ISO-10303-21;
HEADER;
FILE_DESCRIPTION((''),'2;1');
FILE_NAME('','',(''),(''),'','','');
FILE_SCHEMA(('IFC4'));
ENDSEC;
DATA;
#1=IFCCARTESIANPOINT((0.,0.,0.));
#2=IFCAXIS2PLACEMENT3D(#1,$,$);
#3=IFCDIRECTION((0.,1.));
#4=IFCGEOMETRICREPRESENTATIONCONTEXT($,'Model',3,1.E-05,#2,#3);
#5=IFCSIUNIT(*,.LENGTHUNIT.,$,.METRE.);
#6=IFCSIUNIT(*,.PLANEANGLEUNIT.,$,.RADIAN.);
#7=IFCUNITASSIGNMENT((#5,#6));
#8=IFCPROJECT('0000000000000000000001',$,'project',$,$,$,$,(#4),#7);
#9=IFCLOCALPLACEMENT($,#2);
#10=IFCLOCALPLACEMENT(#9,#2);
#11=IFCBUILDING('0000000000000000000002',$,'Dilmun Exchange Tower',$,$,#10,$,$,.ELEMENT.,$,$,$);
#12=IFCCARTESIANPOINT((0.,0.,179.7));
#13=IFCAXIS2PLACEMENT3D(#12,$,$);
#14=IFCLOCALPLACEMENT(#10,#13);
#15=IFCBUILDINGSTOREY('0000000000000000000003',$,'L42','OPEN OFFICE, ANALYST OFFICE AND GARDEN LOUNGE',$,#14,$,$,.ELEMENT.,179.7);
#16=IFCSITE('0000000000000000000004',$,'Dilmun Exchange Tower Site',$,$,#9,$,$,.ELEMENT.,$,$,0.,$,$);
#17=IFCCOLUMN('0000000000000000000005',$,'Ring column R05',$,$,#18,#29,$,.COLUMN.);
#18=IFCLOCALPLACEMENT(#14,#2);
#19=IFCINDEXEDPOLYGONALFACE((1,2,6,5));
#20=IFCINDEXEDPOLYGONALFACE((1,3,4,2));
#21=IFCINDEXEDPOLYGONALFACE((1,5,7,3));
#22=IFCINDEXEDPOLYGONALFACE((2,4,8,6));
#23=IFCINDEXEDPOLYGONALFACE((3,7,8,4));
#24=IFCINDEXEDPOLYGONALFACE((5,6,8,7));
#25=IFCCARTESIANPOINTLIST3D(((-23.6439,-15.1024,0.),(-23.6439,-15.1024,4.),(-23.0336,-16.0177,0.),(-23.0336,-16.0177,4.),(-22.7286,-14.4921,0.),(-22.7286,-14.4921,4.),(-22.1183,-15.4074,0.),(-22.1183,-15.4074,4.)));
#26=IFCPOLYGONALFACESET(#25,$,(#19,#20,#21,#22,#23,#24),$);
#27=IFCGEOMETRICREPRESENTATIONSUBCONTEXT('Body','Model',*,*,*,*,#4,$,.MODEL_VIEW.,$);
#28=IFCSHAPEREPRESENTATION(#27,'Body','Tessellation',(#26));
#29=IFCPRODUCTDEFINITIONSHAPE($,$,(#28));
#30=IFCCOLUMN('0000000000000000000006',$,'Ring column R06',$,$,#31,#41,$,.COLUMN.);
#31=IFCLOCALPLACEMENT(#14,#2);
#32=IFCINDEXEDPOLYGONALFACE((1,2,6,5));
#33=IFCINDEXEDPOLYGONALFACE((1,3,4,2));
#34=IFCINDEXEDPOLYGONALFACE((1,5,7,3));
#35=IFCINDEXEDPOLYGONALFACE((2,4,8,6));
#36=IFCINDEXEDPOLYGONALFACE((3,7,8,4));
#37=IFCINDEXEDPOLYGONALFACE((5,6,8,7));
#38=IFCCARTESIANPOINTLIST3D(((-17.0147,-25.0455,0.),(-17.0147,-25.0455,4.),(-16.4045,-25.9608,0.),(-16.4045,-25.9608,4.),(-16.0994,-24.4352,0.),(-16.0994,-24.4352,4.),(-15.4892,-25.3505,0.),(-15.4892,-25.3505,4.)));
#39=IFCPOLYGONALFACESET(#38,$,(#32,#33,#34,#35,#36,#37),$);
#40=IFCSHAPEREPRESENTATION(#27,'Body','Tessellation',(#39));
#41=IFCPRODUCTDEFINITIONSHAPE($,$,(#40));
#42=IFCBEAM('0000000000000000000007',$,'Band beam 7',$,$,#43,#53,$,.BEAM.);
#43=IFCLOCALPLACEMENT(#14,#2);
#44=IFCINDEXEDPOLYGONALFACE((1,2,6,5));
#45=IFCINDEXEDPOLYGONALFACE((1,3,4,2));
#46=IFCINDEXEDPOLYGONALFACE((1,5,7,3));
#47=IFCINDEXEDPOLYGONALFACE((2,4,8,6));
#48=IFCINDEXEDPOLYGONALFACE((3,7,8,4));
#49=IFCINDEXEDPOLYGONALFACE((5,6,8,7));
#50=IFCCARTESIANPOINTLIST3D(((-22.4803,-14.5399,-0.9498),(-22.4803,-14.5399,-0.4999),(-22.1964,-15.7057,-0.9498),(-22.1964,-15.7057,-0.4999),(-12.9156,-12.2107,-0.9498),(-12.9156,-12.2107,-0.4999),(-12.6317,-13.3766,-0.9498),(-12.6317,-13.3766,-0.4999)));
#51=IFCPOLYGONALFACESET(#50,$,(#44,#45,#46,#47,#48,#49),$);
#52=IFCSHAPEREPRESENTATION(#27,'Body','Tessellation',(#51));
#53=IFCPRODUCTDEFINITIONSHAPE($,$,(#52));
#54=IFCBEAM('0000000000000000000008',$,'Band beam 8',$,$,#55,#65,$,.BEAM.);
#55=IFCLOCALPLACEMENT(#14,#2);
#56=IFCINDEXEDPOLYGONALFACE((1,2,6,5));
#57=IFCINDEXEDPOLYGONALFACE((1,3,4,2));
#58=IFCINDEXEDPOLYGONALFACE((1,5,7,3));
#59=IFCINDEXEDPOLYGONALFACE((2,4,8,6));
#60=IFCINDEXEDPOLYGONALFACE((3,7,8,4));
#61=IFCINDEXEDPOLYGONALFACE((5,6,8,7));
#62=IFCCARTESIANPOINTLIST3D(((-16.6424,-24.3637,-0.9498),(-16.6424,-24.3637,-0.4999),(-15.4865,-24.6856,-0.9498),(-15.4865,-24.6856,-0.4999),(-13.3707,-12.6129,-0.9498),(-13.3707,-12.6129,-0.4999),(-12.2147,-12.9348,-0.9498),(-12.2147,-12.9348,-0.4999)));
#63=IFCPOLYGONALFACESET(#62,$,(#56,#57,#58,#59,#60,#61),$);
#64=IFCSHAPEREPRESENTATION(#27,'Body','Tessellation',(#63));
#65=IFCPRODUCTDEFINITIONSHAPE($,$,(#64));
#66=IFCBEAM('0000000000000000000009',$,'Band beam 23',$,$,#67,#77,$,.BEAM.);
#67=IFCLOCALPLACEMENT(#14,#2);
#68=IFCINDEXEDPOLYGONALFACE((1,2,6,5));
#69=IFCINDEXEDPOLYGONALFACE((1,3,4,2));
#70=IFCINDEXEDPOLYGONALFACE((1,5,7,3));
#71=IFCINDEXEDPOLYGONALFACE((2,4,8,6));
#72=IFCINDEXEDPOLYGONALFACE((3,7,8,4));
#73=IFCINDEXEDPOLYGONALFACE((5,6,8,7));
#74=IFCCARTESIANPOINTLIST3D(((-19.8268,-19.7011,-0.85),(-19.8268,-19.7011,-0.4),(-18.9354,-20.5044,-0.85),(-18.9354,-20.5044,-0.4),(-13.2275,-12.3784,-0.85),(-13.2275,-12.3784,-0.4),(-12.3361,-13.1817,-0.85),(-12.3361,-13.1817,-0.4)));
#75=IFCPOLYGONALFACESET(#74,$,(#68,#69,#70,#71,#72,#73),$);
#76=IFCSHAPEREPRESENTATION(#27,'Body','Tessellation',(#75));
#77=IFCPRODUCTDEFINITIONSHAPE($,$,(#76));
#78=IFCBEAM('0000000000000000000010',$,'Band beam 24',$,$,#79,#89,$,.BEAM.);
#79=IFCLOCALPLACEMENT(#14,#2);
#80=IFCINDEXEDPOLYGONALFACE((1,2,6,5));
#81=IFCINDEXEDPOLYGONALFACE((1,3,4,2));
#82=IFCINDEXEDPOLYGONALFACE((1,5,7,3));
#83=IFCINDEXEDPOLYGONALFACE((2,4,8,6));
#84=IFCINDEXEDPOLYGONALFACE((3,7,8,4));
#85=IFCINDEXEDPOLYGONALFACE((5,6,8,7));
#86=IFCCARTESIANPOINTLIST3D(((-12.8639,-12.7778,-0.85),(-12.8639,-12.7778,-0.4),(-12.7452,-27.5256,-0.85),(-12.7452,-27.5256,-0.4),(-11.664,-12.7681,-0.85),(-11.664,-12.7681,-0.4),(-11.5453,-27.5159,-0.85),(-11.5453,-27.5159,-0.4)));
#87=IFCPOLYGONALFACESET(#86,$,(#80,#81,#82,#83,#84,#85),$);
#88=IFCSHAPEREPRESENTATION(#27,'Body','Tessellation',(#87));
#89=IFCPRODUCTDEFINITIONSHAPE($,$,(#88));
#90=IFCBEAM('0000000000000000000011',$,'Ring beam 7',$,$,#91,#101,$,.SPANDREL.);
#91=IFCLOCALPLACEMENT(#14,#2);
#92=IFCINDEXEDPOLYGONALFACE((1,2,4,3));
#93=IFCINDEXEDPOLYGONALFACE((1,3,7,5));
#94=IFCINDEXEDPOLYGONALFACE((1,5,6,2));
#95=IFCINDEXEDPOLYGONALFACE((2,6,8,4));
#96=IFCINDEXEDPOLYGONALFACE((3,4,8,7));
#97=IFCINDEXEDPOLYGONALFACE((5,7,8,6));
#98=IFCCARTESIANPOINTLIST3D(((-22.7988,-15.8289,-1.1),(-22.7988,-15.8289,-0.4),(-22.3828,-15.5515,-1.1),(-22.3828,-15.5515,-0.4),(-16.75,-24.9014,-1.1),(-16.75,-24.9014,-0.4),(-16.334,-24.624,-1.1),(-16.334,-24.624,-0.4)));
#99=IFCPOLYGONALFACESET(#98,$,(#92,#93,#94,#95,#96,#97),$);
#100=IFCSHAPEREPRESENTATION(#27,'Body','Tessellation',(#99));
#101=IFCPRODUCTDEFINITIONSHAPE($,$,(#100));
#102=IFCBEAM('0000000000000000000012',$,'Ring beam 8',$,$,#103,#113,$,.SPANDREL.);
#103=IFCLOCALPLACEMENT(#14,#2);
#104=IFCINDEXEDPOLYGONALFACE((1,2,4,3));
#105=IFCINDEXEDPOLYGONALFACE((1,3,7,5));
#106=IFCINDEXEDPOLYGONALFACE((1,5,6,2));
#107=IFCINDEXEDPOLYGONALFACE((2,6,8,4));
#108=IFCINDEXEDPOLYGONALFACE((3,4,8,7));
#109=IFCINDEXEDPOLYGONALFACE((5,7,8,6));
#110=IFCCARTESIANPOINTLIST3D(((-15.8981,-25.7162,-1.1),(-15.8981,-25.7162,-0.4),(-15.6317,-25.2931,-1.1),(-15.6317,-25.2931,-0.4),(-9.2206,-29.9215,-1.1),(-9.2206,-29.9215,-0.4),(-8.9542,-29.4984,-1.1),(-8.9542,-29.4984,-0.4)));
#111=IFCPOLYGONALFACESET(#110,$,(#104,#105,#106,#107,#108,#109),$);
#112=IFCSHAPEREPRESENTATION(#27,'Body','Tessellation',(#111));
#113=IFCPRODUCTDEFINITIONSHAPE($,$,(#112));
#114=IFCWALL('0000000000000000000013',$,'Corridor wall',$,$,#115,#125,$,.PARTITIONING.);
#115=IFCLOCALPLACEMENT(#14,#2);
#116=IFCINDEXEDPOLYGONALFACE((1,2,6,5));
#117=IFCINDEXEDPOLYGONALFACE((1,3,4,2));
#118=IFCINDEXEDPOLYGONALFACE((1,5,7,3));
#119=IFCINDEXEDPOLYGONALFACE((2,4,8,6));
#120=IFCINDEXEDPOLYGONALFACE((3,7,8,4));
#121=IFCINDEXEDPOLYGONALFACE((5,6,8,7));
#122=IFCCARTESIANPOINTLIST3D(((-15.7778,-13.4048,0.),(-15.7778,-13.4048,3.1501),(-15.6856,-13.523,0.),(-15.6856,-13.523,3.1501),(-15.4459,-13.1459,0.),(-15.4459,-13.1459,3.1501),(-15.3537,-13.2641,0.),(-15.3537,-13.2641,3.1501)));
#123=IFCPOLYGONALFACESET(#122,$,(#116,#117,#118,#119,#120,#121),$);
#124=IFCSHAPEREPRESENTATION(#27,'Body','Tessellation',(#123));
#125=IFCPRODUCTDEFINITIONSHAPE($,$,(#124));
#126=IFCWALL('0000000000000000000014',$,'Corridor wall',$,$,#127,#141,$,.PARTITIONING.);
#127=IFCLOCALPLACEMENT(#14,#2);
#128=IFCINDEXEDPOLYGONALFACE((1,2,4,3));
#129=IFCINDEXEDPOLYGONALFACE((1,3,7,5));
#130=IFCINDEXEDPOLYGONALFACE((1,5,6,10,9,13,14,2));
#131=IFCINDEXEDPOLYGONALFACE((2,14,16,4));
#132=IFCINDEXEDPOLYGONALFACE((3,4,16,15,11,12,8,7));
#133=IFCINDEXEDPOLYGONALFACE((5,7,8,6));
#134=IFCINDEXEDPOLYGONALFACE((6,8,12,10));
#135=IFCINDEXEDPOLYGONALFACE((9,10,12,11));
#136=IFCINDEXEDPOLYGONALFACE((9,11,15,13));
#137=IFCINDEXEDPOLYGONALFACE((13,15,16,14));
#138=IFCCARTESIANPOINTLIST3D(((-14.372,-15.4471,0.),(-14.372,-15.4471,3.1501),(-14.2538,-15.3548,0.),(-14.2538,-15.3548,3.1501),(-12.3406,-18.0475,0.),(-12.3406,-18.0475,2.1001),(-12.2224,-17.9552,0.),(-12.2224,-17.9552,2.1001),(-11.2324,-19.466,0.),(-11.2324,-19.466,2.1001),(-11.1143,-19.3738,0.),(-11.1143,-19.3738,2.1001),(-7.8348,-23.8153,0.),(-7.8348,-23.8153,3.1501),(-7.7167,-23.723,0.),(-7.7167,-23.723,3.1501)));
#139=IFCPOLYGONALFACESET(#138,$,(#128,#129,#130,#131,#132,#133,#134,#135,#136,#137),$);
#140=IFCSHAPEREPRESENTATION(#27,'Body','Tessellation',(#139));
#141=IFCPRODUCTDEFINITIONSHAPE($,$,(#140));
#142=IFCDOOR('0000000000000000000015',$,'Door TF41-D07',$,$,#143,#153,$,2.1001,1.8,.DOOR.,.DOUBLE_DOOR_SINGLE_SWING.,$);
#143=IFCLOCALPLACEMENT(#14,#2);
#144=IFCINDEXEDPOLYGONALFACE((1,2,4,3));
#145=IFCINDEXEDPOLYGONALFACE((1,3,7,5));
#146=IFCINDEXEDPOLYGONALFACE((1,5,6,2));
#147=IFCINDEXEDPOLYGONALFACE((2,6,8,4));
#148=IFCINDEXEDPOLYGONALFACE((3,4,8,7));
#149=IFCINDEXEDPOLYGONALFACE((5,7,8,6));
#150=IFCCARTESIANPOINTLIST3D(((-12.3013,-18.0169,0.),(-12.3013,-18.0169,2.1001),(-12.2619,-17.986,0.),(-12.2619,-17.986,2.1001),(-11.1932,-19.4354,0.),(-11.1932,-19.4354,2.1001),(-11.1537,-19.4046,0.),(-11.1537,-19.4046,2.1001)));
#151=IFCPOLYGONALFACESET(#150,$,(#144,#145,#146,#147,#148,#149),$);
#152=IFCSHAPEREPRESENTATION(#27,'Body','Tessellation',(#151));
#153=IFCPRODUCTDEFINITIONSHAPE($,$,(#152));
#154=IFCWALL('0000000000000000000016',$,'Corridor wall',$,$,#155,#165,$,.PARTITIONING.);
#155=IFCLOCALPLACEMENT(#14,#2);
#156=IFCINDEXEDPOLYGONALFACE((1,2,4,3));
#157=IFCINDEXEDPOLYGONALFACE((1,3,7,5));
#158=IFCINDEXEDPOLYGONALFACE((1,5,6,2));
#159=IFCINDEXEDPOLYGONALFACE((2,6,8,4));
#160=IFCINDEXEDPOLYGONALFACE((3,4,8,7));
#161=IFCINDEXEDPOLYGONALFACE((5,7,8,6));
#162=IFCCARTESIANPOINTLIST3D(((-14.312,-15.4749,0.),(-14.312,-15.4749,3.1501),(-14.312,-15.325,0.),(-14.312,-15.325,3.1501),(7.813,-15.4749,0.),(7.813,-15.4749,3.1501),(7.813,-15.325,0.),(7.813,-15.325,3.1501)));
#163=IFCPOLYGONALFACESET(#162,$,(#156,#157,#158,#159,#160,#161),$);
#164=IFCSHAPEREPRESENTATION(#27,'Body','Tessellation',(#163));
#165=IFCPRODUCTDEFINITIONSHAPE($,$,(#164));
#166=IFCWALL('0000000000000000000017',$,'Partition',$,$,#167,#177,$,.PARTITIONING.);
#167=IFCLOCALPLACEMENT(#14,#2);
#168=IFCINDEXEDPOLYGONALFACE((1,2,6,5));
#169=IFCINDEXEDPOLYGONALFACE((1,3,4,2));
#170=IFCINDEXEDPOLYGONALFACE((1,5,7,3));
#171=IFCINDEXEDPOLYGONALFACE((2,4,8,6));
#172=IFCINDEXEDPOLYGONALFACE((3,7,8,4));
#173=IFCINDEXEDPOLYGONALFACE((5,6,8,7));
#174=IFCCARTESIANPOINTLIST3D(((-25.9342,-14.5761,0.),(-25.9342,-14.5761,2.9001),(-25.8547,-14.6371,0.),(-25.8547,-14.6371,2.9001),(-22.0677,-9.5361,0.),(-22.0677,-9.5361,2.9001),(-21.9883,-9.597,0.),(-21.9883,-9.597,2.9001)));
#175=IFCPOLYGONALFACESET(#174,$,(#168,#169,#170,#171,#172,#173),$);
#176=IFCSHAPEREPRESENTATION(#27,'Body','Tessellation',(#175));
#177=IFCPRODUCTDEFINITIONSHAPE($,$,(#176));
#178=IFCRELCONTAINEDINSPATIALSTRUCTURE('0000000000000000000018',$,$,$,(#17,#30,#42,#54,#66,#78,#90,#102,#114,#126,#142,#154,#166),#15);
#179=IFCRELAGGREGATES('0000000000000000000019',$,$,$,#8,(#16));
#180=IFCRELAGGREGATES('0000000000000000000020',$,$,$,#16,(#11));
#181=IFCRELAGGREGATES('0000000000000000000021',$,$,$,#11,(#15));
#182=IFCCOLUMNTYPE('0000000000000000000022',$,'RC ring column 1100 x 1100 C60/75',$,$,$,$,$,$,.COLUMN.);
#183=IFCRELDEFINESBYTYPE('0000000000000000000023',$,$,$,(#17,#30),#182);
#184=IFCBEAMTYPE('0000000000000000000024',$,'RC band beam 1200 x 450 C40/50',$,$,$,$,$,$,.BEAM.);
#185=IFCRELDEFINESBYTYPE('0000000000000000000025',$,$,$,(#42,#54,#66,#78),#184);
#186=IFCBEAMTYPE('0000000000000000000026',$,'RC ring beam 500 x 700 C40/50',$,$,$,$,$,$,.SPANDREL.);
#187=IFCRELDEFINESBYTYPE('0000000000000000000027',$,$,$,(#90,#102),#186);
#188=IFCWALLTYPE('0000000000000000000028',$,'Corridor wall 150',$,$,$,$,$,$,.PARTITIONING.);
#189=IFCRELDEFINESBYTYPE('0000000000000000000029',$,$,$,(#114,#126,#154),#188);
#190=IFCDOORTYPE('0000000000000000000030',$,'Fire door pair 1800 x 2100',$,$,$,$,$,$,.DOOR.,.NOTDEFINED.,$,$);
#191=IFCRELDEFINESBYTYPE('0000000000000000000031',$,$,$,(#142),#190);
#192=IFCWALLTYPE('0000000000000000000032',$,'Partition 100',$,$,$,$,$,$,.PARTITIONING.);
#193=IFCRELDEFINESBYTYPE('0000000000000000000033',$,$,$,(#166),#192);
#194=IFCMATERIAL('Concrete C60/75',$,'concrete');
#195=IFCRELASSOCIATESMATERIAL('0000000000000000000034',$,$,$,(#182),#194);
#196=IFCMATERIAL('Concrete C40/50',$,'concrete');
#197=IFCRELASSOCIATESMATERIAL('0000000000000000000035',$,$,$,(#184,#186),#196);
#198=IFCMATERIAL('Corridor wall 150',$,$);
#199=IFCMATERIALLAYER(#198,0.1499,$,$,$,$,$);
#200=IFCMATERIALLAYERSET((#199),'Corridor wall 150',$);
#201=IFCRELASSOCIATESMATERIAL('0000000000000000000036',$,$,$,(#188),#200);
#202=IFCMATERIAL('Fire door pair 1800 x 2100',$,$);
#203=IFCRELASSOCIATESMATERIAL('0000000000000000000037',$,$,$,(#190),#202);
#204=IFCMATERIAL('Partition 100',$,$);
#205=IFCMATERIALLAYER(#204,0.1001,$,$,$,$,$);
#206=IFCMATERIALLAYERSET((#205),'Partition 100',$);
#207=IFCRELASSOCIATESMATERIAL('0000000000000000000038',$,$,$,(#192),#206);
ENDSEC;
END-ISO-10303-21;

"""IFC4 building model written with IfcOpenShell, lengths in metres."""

from ifc_helpers import new_model, si_unit, direction, frame, frame_2d, origin, origin_2d, place, context, subcontext, project, spatial, rectangle, extrude, material, layer, layer_set, material_profile, profile_set, type_object, element, fill, save


model = new_model("IFC4")

# Units and contexts
model_context = context("Model", 3, precision=1e-05, world=origin(), true_north=direction((0.0, 1.0)))
body_context = subcontext(model_context, "Body", "Model", "MODEL_VIEW")
ifc_project = project(units=[si_unit("LENGTHUNIT", "METRE"), si_unit("PLANEANGLEUNIT", "RADIAN")], contexts=[model_context])

# Site, building, storey
site_placement = place(None, origin())
site = spatial("IfcSite", under=ifc_project, at=site_placement, Name="Dilmun Exchange Tower Site", CompositionType="ELEMENT", RefElevation=0.0)
building_placement = place(site_placement, origin())
building = spatial("IfcBuilding", under=site, at=building_placement, Name="Dilmun Exchange Tower", CompositionType="ELEMENT")
storey_placement = place(building_placement, frame((0.0, 0.0, 179.7)))
storey = spatial("IfcBuildingStorey", under=building, at=storey_placement, Name="L42", Description="OPEN OFFICE, ANALYST OFFICE AND GARDEN LOUNGE", CompositionType="ELEMENT", Elevation=179.7)

# Columns
ifc_material_1 = material(Name="Concrete C60/75", Category="concrete")
ifc_material_profile_1 = material_profile(ifc_material_1, rectangle(XDim=1.1001, YDim=1.1001, at=origin_2d()), Name="1100 x 1100")
ifc_profile_set_1 = profile_set([ifc_material_profile_1], Name="Concrete C60/75")
column_type = type_object("IfcColumnType", Name="RC ring column 1100 x 1100 C60/75", PredefinedType="COLUMN", material=ifc_profile_set_1)
for number, where, z_axis, x_axis, name in (
    (1, (-22.8811, -15.2549, 0.0), (0.0, 0.0, 1.0), (0.832029, 0.554733, 0.0), "Ring column R05"),
    (2, (-16.252, -25.198, 0.0), (0.0, 0.0, 1.0), (0.832029, 0.554733, 0.0), "Ring column R06"),
):
    element("IfcColumn", number, at=place(storey_placement, frame(where, z_axis=z_axis, x_axis=x_axis)), inside=storey, type_object=column_type, Name=name, PredefinedType="COLUMN", context=body_context, shape_type="SweptSolid", body=[
        extrude(rectangle(XDim=1.1001, YDim=1.1001, at=origin_2d()), origin(), (0.0, 0.0, 1.0), 4.0),
    ])

# Beams
ifc_material_2 = material(Name="Concrete C40/50", Category="concrete")
ifc_material_profile_2 = material_profile(ifc_material_2, rectangle(XDim=1.2, YDim=0.45, at=origin_2d()), Name="1200 x 450")
ifc_profile_set_2 = profile_set([ifc_material_profile_2], Name="Concrete C40/50")
beam_type_1 = type_object("IfcBeamType", Name="RC band beam 1200 x 450 C40/50", PredefinedType="BEAM", material=ifc_profile_set_2)
beam_1_placement = place(storey_placement, frame((-22.3384, -15.1228, -0.7249), z_axis=(0.971608, 0.236596, 0.0), x_axis=(-0.236596, 0.971608, 0.0)))
element("IfcBeam", 3, at=beam_1_placement, inside=storey, type_object=beam_type_1, Name="Band beam 7", PredefinedType="BEAM", context=body_context, shape_type="SweptSolid", body=[
    extrude(rectangle(XDim=1.2, YDim=0.45, at=origin_2d()), origin(), (0.0, 0.0, 1.0), 9.8442),
])
beam_2_placement = place(storey_placement, frame((-16.0645, -24.5247, -0.7249), z_axis=(0.268225, 0.963356, 0.0), x_axis=(-0.963356, 0.268225, 0.0)))
element("IfcBeam", 4, at=beam_2_placement, inside=storey, type_object=beam_type_1, Name="Band beam 8", PredefinedType="BEAM", context=body_context, shape_type="SweptSolid", body=[
    extrude(rectangle(XDim=1.2, YDim=0.45, at=origin_2d()), origin(), (0.0, 0.0, 1.0), 12.1978),
])
beam_3_placement = place(storey_placement, frame((-19.3811, -20.1028, -0.625), z_axis=(0.669463, 0.742846, 0.0), x_axis=(-0.742846, 0.669463, 0.0)))
element("IfcBeam", 5, at=beam_3_placement, inside=storey, type_object=beam_type_1, Name="Band beam 23", PredefinedType="BEAM", context=body_context, shape_type="SweptSolid", body=[
    extrude(rectangle(XDim=1.2, YDim=0.45, at=origin_2d()), origin(), (0.0, 0.0, 1.0), 9.8577),
])
beam_4_placement = place(storey_placement, frame((-12.1453, -27.5208, -0.625), z_axis=(-0.008045, 0.999968, 0.0), x_axis=(-0.999968, -0.008045, 0.0)))
element("IfcBeam", 6, at=beam_4_placement, inside=storey, type_object=beam_type_1, Name="Band beam 24", PredefinedType="BEAM", context=body_context, shape_type="SweptSolid", body=[
    extrude(rectangle(XDim=1.2, YDim=0.45, at=origin_2d()), origin(), (0.0, 0.0, 1.0), 14.7483),
])
ifc_material_profile_3 = material_profile(ifc_material_2, rectangle(XDim=0.5, YDim=0.7, at=origin_2d()), Name="500 x 700")
ifc_profile_set_3 = profile_set([ifc_material_profile_3], Name="Concrete C40/50")
beam_type_2 = type_object("IfcBeamType", Name="RC ring beam 500 x 700 C40/50", PredefinedType="SPANDREL", material=ifc_profile_set_3)
beam_5_placement = place(storey_placement, frame((-22.5908, -15.6902, -0.75), z_axis=(0.554731, -0.83203, 0.0), x_axis=(0.83203, 0.554731, 0.0)))
element("IfcBeam", 7, at=beam_5_placement, inside=storey, type_object=beam_type_2, Name="Ring beam 7", PredefinedType="SPANDREL", context=body_context, shape_type="SweptSolid", body=[
    extrude(rectangle(XDim=0.5, YDim=0.7, at=origin_2d()), origin(), (0.0, 0.0, 1.0), 10.9041),
])
beam_6_placement = place(storey_placement, frame((-15.7649, -25.5046, -0.75), z_axis=(0.846177, -0.532902, 0.0), x_axis=(0.532902, 0.846177, 0.0)))
element("IfcBeam", 8, at=beam_6_placement, inside=storey, type_object=beam_type_2, Name="Ring beam 8", PredefinedType="SPANDREL", context=body_context, shape_type="SweptSolid", body=[
    extrude(rectangle(XDim=0.5, YDim=0.7, at=origin_2d()), origin(), (0.0, 0.0, 1.0), 7.8914),
])

# Wall
ifc_material_3 = material(Name="Corridor wall 150")
ifc_layer_1 = layer(ifc_material_3, 0.1499)
ifc_layer_set_1 = layer_set([ifc_layer_1], Name="Corridor wall 150")
wall_type_1 = type_object("IfcWallType", Name="Corridor wall 150", PredefinedType="PARTITIONING", material=ifc_layer_set_1)
wall_1_placement = place(storey_placement, frame((-15.7317, -13.4639, 0.0), z_axis=(0.0, 0.0, 1.0), x_axis=(0.788508, 0.615025, 0.0)))
element("IfcWall", 9, at=wall_1_placement, inside=storey, type_object=wall_type_1, Name="Corridor wall", PredefinedType="PARTITIONING", context=body_context, shape_type="SweptSolid", body=[
    extrude(rectangle(XDim=0.4209, YDim=0.1499, at=frame_2d((0.2104, 0.0))), origin(), (0.0, 0.0, 1.0), 3.1501),
])

# Wall, opening, door
wall_2_placement = place(storey_placement, frame((-14.313, -15.4009, 0.0), z_axis=(0.0, 0.0, 1.0), x_axis=(0.615614, -0.788048, 0.0)))
wall_2 = element("IfcWall", 10, at=wall_2_placement, inside=storey, type_object=wall_type_1, Name="Corridor wall", PredefinedType="PARTITIONING", context=body_context, shape_type="SweptSolid", body=[
    extrude(rectangle(XDim=10.6189, YDim=0.1499, at=frame_2d((5.3096, 0.0))), origin(), (0.0, 0.0, 1.0), 3.1501),
])
opening_placement = place(wall_2_placement, frame((3.3, 0.0, 0.0)))
opening = element("IfcOpeningElement", 11, at=opening_placement, cuts=wall_2, PredefinedType="OPENING", context=body_context, shape_type="SweptSolid", body=[
    extrude(rectangle(XDim=1.8, YDim=2.1001, at=frame_2d((0.8999, 1.05))), frame((0.0, 0.085, 0.0), z_axis=(0.0, -1.0, 0.0), x_axis=(1.0, 0.0, 0.0)), (0.0, 0.0, 1.0), 0.1699),
])
ifc_material_4 = material(Name="Fire door pair 1800 x 2100")
door_type = type_object("IfcDoorType", Name="Fire door pair 1800 x 2100", OperationType="NOTDEFINED", PredefinedType="DOOR", material=ifc_material_4)
door_placement = place(opening_placement, origin())
door = element("IfcDoor", 12, at=door_placement, inside=storey, type_object=door_type, Name="Door TF41-D07", OperationType="DOUBLE_DOOR_SINGLE_SWING", OverallHeight=2.1001, OverallWidth=1.8, PredefinedType="DOOR", context=body_context, shape_type="SweptSolid", body=[
    extrude(rectangle(XDim=1.8, YDim=2.1001, at=frame_2d((0.8999, 1.05))), frame((0.0, 0.0249, 0.0), z_axis=(0.0, -1.0, 0.0), x_axis=(1.0, 0.0, 0.0)), (0.0, 0.0, 1.0), 0.05),
])
fill(opening, door)

# Walls
wall_3_placement = place(storey_placement, frame((-14.312, -15.3999, 0.0), z_axis=(0.0, 0.0, 1.0), x_axis=(1.0, 0.0, 0.0)))
element("IfcWall", 13, at=wall_3_placement, inside=storey, type_object=wall_type_1, Name="Corridor wall", PredefinedType="PARTITIONING", context=body_context, shape_type="SweptSolid", body=[
    extrude(rectangle(XDim=22.125, YDim=0.1499, at=frame_2d((11.0625, 0.0))), origin(), (0.0, 0.0, 1.0), 3.1501),
])
ifc_material_5 = material(Name="Partition 100")
ifc_layer_2 = layer(ifc_material_5, 0.1001)
ifc_layer_set_2 = layer_set([ifc_layer_2], Name="Partition 100")
wall_type_2 = type_object("IfcWallType", Name="Partition 100", PredefinedType="PARTITIONING", material=ifc_layer_set_2)
wall_4_placement = place(storey_placement, frame((-25.8945, -14.6067, 0.0), z_axis=(0.0, 0.0, 1.0), x_axis=(0.608672, 0.793422, 0.0)))
element("IfcWall", 14, at=wall_4_placement, inside=storey, type_object=wall_type_2, Name="Partition", PredefinedType="PARTITIONING", context=body_context, shape_type="SweptSolid", body=[
    extrude(rectangle(XDim=6.3523, YDim=0.1001, at=frame_2d((3.1763, 0.0))), origin(), (0.0, 0.0, 1.0), 2.9001),
])

save(model, "model.ifc")
